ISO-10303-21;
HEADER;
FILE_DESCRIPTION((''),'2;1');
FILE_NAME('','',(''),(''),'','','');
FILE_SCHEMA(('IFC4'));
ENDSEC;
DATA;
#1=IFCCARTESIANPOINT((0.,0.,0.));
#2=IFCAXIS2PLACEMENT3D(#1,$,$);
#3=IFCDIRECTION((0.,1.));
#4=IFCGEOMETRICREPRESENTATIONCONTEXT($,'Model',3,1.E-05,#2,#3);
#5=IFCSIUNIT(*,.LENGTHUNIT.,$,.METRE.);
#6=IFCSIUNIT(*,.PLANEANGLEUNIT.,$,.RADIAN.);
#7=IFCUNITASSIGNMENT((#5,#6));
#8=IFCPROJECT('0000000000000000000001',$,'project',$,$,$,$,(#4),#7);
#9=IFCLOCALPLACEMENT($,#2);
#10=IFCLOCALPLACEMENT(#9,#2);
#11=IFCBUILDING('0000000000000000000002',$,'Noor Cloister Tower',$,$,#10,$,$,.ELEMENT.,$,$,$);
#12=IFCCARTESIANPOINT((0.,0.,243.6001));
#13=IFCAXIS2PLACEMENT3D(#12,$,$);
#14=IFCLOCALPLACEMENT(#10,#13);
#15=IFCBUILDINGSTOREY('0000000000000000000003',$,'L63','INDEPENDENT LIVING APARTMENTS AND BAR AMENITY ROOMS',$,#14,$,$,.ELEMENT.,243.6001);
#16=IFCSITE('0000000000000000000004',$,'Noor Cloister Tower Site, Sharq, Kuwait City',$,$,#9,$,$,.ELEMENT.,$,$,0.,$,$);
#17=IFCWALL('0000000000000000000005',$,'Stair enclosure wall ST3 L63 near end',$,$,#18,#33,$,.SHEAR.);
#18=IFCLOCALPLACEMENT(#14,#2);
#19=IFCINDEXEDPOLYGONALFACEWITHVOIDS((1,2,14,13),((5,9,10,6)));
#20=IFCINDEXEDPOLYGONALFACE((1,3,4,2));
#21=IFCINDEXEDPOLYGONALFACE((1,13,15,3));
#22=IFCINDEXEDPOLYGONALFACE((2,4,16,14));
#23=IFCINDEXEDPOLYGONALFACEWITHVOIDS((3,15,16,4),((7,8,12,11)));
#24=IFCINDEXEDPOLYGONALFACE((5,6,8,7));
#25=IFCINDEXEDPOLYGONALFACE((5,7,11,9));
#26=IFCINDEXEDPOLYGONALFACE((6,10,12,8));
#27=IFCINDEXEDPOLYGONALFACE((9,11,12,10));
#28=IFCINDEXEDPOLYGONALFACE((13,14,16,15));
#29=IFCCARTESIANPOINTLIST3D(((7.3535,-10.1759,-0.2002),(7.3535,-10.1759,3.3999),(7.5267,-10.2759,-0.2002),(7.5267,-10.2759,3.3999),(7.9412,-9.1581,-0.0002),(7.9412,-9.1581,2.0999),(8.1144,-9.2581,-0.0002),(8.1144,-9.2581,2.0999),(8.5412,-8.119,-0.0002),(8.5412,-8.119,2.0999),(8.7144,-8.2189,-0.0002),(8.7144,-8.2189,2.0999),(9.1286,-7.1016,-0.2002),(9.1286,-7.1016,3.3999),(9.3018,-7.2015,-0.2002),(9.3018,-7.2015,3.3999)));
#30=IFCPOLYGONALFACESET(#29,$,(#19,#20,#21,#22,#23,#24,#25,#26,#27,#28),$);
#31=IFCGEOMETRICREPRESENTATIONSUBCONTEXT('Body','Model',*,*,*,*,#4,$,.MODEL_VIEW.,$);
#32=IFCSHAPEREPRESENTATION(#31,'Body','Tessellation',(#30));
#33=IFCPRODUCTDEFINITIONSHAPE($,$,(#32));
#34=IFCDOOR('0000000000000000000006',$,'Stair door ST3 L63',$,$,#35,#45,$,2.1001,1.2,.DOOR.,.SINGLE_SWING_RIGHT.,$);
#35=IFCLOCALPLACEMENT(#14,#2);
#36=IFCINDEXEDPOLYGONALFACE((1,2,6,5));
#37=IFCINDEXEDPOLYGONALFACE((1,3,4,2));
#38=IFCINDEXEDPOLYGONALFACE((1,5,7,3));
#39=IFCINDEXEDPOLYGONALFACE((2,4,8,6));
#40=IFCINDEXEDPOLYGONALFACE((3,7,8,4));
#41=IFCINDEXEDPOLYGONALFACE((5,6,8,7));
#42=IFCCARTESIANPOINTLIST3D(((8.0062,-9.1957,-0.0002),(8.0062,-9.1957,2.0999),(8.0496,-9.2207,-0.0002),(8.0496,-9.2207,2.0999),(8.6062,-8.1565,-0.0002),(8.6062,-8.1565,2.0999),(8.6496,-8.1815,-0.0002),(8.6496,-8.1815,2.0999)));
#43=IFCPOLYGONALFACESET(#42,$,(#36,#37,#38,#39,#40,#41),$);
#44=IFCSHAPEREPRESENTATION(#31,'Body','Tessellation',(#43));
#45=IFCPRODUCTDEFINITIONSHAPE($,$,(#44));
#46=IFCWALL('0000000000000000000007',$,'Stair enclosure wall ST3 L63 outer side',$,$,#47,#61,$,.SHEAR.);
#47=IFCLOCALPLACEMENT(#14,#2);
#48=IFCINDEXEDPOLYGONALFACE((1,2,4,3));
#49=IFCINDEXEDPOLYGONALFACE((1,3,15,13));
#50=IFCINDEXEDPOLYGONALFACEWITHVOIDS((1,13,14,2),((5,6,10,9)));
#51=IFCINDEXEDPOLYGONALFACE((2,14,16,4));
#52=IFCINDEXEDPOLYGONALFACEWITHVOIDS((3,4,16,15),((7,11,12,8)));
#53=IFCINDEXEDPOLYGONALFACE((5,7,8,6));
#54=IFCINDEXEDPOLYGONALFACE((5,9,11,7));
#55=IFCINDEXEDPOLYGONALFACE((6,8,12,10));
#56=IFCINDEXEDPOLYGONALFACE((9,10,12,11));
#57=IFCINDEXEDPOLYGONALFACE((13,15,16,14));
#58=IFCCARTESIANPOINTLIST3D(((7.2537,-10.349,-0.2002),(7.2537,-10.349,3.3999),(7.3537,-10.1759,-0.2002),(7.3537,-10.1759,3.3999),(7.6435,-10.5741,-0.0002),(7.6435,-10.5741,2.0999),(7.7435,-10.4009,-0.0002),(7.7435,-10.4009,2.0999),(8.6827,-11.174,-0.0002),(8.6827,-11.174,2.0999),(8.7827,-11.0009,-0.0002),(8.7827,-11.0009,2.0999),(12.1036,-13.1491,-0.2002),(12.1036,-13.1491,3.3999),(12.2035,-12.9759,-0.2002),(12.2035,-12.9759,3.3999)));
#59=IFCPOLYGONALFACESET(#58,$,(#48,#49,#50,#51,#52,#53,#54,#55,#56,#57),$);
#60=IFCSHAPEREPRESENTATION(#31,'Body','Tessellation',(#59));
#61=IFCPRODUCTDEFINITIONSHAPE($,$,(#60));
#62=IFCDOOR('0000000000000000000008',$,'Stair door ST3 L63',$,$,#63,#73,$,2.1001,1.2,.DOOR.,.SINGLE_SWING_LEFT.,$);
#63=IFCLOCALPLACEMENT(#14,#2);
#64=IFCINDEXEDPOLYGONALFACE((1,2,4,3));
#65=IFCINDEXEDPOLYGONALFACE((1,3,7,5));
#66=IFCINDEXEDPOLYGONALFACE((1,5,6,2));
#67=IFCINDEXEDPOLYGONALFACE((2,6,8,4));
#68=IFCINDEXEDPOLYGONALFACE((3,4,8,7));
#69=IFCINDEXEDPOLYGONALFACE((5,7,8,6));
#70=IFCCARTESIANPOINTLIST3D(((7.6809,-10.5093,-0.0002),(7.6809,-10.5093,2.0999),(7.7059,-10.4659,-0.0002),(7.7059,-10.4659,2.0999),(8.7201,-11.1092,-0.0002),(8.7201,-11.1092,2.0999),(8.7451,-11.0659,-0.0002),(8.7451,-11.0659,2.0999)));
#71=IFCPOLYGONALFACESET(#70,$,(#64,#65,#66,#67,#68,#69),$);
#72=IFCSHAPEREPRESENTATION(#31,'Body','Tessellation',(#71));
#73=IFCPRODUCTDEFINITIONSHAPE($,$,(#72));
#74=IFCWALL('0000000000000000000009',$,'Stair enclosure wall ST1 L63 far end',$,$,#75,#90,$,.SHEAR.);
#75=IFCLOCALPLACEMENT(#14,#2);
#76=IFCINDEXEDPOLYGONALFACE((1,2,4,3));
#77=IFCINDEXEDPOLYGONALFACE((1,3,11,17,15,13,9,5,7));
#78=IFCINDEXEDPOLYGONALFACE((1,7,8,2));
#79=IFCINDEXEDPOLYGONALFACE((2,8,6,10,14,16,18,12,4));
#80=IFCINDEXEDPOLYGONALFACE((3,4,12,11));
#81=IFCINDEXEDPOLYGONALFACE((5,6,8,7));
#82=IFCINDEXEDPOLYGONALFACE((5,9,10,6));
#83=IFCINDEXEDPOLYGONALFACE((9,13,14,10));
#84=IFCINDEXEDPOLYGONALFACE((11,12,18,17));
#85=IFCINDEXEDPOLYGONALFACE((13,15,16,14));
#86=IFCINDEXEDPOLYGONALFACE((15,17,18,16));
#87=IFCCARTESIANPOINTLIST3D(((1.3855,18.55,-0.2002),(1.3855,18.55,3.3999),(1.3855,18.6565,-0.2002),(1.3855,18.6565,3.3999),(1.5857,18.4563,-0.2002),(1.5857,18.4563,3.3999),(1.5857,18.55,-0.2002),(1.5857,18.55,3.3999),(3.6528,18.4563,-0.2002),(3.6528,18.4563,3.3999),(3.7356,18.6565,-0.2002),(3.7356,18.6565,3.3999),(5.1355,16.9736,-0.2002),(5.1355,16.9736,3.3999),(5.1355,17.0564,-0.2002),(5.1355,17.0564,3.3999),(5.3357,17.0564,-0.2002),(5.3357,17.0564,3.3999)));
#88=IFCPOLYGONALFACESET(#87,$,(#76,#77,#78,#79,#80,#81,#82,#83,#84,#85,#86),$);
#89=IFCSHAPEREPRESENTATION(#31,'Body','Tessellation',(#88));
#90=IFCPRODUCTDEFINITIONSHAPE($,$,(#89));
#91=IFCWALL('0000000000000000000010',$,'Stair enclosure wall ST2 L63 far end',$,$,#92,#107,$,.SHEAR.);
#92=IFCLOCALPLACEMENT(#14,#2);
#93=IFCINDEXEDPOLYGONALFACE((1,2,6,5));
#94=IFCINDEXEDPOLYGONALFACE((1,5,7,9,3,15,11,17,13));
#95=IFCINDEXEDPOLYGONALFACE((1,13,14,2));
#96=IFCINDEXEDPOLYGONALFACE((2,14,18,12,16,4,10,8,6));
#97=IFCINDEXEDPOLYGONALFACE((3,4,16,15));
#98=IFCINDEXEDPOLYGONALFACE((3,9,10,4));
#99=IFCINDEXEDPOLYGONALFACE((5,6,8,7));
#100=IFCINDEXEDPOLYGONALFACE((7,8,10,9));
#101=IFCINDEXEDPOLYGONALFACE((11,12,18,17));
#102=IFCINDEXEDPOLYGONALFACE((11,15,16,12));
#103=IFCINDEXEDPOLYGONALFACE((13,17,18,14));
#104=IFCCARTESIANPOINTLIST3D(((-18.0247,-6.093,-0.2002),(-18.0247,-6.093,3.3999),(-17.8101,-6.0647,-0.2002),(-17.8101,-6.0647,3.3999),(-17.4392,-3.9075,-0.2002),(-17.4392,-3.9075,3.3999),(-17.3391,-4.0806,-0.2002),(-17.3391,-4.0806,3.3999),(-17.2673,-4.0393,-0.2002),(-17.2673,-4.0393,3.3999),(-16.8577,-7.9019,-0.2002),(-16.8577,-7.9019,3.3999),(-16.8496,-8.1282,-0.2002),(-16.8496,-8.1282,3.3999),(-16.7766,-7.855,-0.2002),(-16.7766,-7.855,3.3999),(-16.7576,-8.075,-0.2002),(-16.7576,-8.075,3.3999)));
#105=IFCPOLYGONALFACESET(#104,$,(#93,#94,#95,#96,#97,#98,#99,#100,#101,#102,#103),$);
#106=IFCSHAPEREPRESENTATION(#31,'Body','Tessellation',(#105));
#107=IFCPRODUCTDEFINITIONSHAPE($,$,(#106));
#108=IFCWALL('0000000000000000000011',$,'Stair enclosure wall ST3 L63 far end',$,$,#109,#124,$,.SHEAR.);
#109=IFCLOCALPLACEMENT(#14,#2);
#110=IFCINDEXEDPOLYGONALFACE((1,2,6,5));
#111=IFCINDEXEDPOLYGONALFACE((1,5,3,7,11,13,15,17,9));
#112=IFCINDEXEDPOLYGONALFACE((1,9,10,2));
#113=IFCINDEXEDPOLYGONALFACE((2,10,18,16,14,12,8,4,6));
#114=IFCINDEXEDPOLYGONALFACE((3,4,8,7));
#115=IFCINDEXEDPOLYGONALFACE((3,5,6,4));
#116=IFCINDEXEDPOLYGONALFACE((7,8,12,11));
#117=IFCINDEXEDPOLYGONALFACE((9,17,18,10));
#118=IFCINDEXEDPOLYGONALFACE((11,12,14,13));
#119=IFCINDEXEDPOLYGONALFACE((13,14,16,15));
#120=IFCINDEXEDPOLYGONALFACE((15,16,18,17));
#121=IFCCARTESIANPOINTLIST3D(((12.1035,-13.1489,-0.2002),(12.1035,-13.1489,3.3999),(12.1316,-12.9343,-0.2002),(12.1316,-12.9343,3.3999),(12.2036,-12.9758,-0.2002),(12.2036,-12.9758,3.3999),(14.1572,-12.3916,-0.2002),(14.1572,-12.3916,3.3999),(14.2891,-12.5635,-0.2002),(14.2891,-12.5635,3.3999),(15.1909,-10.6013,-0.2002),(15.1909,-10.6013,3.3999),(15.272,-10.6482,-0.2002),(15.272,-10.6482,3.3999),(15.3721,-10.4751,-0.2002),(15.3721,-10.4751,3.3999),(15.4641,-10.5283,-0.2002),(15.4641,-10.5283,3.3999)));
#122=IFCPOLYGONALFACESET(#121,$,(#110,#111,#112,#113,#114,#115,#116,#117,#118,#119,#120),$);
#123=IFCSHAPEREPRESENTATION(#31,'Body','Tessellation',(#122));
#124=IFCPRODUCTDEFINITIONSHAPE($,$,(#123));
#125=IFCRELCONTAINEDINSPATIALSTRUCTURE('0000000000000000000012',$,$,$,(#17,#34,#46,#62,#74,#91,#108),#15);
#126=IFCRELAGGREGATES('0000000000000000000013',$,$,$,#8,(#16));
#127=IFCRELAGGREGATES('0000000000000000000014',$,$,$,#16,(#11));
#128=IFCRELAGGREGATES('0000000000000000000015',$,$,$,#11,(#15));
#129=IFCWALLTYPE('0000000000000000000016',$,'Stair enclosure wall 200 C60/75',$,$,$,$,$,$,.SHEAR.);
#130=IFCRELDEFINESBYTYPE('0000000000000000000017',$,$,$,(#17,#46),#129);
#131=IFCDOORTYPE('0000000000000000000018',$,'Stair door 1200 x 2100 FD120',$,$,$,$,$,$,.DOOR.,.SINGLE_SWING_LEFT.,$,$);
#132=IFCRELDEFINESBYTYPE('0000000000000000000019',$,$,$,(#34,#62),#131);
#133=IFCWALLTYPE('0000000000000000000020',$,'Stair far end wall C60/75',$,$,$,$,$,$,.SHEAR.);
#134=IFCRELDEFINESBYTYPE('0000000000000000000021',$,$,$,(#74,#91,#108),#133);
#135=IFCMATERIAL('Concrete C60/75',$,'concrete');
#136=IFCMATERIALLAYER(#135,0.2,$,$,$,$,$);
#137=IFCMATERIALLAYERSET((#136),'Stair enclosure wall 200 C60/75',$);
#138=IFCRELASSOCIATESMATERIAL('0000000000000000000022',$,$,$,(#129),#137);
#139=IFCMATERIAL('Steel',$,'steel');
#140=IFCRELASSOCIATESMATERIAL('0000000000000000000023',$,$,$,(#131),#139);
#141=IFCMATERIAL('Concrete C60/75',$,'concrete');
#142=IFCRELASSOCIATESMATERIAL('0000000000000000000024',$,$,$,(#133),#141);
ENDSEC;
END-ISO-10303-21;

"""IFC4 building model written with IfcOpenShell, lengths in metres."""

from ifc_helpers import new_model, si_unit, direction, frame, frame_2d, origin, place, context, subcontext, project, spatial, polyline, rectangle, outline, extrude, material, layer, layer_set, type_object, element, fill, save


model = new_model("IFC4")

# Units and contexts
model_context = context("Model", 3, precision=1e-05, world=origin(), true_north=direction((0.0, 1.0)))
body_context = subcontext(model_context, "Body", "Model", "MODEL_VIEW")
ifc_project = project(units=[si_unit("LENGTHUNIT", "METRE"), si_unit("PLANEANGLEUNIT", "RADIAN")], contexts=[model_context])

# Site, building, storey
site_placement = place(None, origin())
site = spatial("IfcSite", under=ifc_project, at=site_placement, Name="Noor Cloister Tower Site, Sharq, Kuwait City", CompositionType="ELEMENT", RefElevation=0.0)
building_placement = place(site_placement, origin())
building = spatial("IfcBuilding", under=site, at=building_placement, Name="Noor Cloister Tower", CompositionType="ELEMENT")
storey_placement = place(building_placement, frame((0.0, 0.0, 243.6001)))
storey = spatial("IfcBuildingStorey", under=building, at=storey_placement, Name="L63", Description="INDEPENDENT LIVING APARTMENTS AND BAR AMENITY ROOMS", CompositionType="ELEMENT", Elevation=243.6001)

# Walls, openings, doors
ifc_material_1 = material(Name="Concrete C60/75", Category="concrete")
ifc_layer_1 = layer(ifc_material_1, 0.2)
ifc_layer_set_1 = layer_set([ifc_layer_1], Name="Stair enclosure wall 200 C60/75")
wall_type_1 = type_object("IfcWallType", Name="Stair enclosure wall 200 C60/75", PredefinedType="SHEAR", material=ifc_layer_set_1)
wall_1_placement = place(storey_placement, frame((7.4402, -10.2258, -0.2002), z_axis=(0.0, 0.0, 1.0), x_axis=(0.500022, 0.866013, 0.0)))
wall_1 = element("IfcWall", 1, at=wall_1_placement, inside=storey, type_object=wall_type_1, Name="Stair enclosure wall ST3 L63 near end", PredefinedType="SHEAR", context=body_context, shape_type="SweptSolid", body=[
    extrude(rectangle(XDim=3.55, YDim=0.2, at=frame_2d((1.7749, 0.0))), origin(), (0.0, 0.0, 1.0), 3.6001),
])
opening_1_placement = place(wall_1_placement, frame((1.175, 0.0, 0.2)))
opening_1 = element("IfcOpeningElement", 2, at=opening_1_placement, cuts=wall_1, PredefinedType="OPENING", context=body_context, shape_type="SweptSolid", body=[
    extrude(rectangle(XDim=1.2, YDim=2.1001, at=frame_2d((0.6001, 1.05))), frame((0.0, 0.1099, 0.0), z_axis=(0.0, -1.0, 0.0), x_axis=(1.0, 0.0, 0.0)), (0.0, 0.0, 1.0), 0.22),
])
ifc_material_2 = material(Name="Steel", Category="steel")
door_type_1 = type_object("IfcDoorType", Name="Stair door 1200 x 2100 FD120", OperationType="SINGLE_SWING_LEFT", PredefinedType="DOOR", material=ifc_material_2)
door_1_placement = place(opening_1_placement, origin())
door_1 = element("IfcDoor", 3, at=door_1_placement, inside=storey, type_object=door_type_1, Name="Stair door ST3 L63", OperationType="SINGLE_SWING_RIGHT", OverallHeight=2.1001, OverallWidth=1.2, PredefinedType="DOOR", context=body_context, shape_type="SweptSolid", body=[
    extrude(rectangle(XDim=1.2, YDim=2.1001, at=frame_2d((0.6001, 1.05))), frame((0.0, 0.0249, 0.0), z_axis=(0.0, -1.0, 0.0), x_axis=(1.0, 0.0, 0.0)), (0.0, 0.0, 1.0), 0.05),
])
fill(opening_1, door_1)
wall_2_placement = place(storey_placement, frame((7.3037, -10.2625, -0.2002), z_axis=(0.0, 0.0, 1.0), x_axis=(0.866027, -0.499998, 0.0)))
wall_2 = element("IfcWall", 4, at=wall_2_placement, inside=storey, type_object=wall_type_1, Name="Stair enclosure wall ST3 L63 outer side", PredefinedType="SHEAR", context=body_context, shape_type="SweptSolid", body=[
    extrude(rectangle(XDim=5.6001, YDim=0.2, at=frame_2d((2.8, 0.0))), origin(), (0.0, 0.0, 1.0), 3.6001),
])
opening_2_placement = place(wall_2_placement, frame((0.45, 0.0, 0.2)))
opening_2 = element("IfcOpeningElement", 5, at=opening_2_placement, cuts=wall_2, PredefinedType="OPENING", context=body_context, shape_type="SweptSolid", body=[
    extrude(rectangle(XDim=1.2, YDim=2.1001, at=frame_2d((0.6001, 1.05))), frame((0.0, 0.1099, 0.0), z_axis=(0.0, -1.0, 0.0), x_axis=(1.0, 0.0, 0.0)), (0.0, 0.0, 1.0), 0.22),
])
door_2_placement = place(opening_2_placement, origin())
door_2 = element("IfcDoor", 6, at=door_2_placement, inside=storey, type_object=door_type_1, Name="Stair door ST3 L63", OperationType="SINGLE_SWING_LEFT", OverallHeight=2.1001, OverallWidth=1.2, PredefinedType="DOOR", context=body_context, shape_type="SweptSolid", body=[
    extrude(rectangle(XDim=1.2, YDim=2.1001, at=frame_2d((0.6001, 1.05))), frame((0.0, 0.0249, 0.0), z_axis=(0.0, -1.0, 0.0), x_axis=(1.0, 0.0, 0.0)), (0.0, 0.0, 1.0), 0.05),
])
fill(opening_2, door_2)

# Walls
ifc_material_3 = material(Name="Concrete C60/75", Category="concrete")
wall_type_2 = type_object("IfcWallType", Name="Stair far end wall C60/75", PredefinedType="SHEAR", material=ifc_material_3)
wall_3_placement = place(storey_placement, frame((0.0, 0.0, -0.2002)))
element("IfcWall", 7, at=wall_3_placement, inside=storey, type_object=wall_type_2, Name="Stair enclosure wall ST1 L63 far end", PredefinedType="SHEAR", context=body_context, shape_type="SweptSolid", body=[
    extrude(outline(polyline([(5.3357, 17.0564), (3.7356, 18.6565), (1.3855, 18.6565), (1.3855, 18.55), (1.5857, 18.55), (1.5857, 18.55), (1.5857, 18.55), (1.5857, 18.55), (1.5857, 18.55), (1.5857, 18.55), (1.5857, 18.55), (1.5857, 18.55), (1.5857, 18.55), (1.5857, 18.55), (1.5857, 18.55), (1.5857, 18.55), (1.5857, 18.55), (1.5857, 18.55), (1.5857, 18.55), (1.5857, 18.55), (1.5857, 18.55), (1.5857, 18.4563), (3.6528, 18.4563), (5.1355, 16.9736), (5.1355, 17.0564), (5.1355, 17.0564), (5.1355, 17.0564), (5.1355, 17.0564), (5.1355, 17.0564), (5.1355, 17.0564), (5.1355, 17.0564), (5.1355, 17.0564), (5.1355, 17.0564), (5.1355, 17.0564), (5.1355, 17.0564), (5.1355, 17.0564), (5.1355, 17.0564), (5.1355, 17.0564), (5.1355, 17.0564), (5.1355, 17.0564), (5.1355, 17.0564), (5.3357, 17.0564)])), origin(), (0.0, 0.0, 1.0), 3.6001),
])
wall_4_placement = place(storey_placement, frame((0.0, 0.0, -0.2002)))
element("IfcWall", 8, at=wall_4_placement, inside=storey, type_object=wall_type_2, Name="Stair enclosure wall ST2 L63 far end", PredefinedType="SHEAR", context=body_context, shape_type="SweptSolid", body=[
    extrude(outline(polyline([(-17.4392, -3.9075), (-18.0247, -6.093), (-16.8496, -8.1282), (-16.7576, -8.075), (-16.8577, -7.9019), (-16.8577, -7.9019), (-16.8577, -7.9019), (-16.8577, -7.9019), (-16.8577, -7.9019), (-16.8577, -7.9019), (-16.8577, -7.9019), (-16.8577, -7.9019), (-16.8577, -7.9019), (-16.8577, -7.9019), (-16.8577, -7.9019), (-16.8577, -7.9019), (-16.8577, -7.9019), (-16.8577, -7.9019), (-16.8577, -7.9019), (-16.8577, -7.9019), (-16.8577, -7.9019), (-16.7766, -7.855), (-17.8101, -6.0647), (-17.2673, -4.0393), (-17.3391, -4.0806), (-17.3391, -4.0806), (-17.3391, -4.0806), (-17.3391, -4.0806), (-17.3391, -4.0806), (-17.3391, -4.0806), (-17.3391, -4.0806), (-17.3391, -4.0806), (-17.3391, -4.0806), (-17.3391, -4.0806), (-17.3391, -4.0806), (-17.3391, -4.0806), (-17.3391, -4.0806), (-17.3391, -4.0806), (-17.3391, -4.0806), (-17.3391, -4.0806), (-17.3391, -4.0806), (-17.4392, -3.9075)])), origin(), (0.0, 0.0, 1.0), 3.6001),
])
wall_5_placement = place(storey_placement, frame((0.0, 0.0, -0.2002)))
element("IfcWall", 9, at=wall_5_placement, inside=storey, type_object=wall_type_2, Name="Stair enclosure wall ST3 L63 far end", PredefinedType="SHEAR", context=body_context, shape_type="SweptSolid", body=[
    extrude(outline(polyline([(12.1035, -13.1489), (14.2891, -12.5635), (15.4641, -10.5283), (15.3721, -10.4751), (15.272, -10.6482), (15.272, -10.6482), (15.272, -10.6482), (15.272, -10.6482), (15.272, -10.6482), (15.272, -10.6482), (15.272, -10.6482), (15.272, -10.6482), (15.272, -10.6482), (15.272, -10.6482), (15.272, -10.6482), (15.272, -10.6482), (15.272, -10.6482), (15.272, -10.6482), (15.272, -10.6482), (15.272, -10.6482), (15.272, -10.6482), (15.1909, -10.6013), (14.1572, -12.3916), (12.1316, -12.9343), (12.2036, -12.9758), (12.2036, -12.9758), (12.2036, -12.9758), (12.2036, -12.9758), (12.2036, -12.9758), (12.2036, -12.9758), (12.2036, -12.9758), (12.2036, -12.9758), (12.2036, -12.9758), (12.2036, -12.9758), (12.2036, -12.9758), (12.2036, -12.9758), (12.2036, -12.9758), (12.2036, -12.9758), (12.2036, -12.9758), (12.2036, -12.9758), (12.2036, -12.9758), (12.1035, -13.1489)])), origin(), (0.0, 0.0, 1.0), 3.6001),
])

save(model, "model.ifc")
